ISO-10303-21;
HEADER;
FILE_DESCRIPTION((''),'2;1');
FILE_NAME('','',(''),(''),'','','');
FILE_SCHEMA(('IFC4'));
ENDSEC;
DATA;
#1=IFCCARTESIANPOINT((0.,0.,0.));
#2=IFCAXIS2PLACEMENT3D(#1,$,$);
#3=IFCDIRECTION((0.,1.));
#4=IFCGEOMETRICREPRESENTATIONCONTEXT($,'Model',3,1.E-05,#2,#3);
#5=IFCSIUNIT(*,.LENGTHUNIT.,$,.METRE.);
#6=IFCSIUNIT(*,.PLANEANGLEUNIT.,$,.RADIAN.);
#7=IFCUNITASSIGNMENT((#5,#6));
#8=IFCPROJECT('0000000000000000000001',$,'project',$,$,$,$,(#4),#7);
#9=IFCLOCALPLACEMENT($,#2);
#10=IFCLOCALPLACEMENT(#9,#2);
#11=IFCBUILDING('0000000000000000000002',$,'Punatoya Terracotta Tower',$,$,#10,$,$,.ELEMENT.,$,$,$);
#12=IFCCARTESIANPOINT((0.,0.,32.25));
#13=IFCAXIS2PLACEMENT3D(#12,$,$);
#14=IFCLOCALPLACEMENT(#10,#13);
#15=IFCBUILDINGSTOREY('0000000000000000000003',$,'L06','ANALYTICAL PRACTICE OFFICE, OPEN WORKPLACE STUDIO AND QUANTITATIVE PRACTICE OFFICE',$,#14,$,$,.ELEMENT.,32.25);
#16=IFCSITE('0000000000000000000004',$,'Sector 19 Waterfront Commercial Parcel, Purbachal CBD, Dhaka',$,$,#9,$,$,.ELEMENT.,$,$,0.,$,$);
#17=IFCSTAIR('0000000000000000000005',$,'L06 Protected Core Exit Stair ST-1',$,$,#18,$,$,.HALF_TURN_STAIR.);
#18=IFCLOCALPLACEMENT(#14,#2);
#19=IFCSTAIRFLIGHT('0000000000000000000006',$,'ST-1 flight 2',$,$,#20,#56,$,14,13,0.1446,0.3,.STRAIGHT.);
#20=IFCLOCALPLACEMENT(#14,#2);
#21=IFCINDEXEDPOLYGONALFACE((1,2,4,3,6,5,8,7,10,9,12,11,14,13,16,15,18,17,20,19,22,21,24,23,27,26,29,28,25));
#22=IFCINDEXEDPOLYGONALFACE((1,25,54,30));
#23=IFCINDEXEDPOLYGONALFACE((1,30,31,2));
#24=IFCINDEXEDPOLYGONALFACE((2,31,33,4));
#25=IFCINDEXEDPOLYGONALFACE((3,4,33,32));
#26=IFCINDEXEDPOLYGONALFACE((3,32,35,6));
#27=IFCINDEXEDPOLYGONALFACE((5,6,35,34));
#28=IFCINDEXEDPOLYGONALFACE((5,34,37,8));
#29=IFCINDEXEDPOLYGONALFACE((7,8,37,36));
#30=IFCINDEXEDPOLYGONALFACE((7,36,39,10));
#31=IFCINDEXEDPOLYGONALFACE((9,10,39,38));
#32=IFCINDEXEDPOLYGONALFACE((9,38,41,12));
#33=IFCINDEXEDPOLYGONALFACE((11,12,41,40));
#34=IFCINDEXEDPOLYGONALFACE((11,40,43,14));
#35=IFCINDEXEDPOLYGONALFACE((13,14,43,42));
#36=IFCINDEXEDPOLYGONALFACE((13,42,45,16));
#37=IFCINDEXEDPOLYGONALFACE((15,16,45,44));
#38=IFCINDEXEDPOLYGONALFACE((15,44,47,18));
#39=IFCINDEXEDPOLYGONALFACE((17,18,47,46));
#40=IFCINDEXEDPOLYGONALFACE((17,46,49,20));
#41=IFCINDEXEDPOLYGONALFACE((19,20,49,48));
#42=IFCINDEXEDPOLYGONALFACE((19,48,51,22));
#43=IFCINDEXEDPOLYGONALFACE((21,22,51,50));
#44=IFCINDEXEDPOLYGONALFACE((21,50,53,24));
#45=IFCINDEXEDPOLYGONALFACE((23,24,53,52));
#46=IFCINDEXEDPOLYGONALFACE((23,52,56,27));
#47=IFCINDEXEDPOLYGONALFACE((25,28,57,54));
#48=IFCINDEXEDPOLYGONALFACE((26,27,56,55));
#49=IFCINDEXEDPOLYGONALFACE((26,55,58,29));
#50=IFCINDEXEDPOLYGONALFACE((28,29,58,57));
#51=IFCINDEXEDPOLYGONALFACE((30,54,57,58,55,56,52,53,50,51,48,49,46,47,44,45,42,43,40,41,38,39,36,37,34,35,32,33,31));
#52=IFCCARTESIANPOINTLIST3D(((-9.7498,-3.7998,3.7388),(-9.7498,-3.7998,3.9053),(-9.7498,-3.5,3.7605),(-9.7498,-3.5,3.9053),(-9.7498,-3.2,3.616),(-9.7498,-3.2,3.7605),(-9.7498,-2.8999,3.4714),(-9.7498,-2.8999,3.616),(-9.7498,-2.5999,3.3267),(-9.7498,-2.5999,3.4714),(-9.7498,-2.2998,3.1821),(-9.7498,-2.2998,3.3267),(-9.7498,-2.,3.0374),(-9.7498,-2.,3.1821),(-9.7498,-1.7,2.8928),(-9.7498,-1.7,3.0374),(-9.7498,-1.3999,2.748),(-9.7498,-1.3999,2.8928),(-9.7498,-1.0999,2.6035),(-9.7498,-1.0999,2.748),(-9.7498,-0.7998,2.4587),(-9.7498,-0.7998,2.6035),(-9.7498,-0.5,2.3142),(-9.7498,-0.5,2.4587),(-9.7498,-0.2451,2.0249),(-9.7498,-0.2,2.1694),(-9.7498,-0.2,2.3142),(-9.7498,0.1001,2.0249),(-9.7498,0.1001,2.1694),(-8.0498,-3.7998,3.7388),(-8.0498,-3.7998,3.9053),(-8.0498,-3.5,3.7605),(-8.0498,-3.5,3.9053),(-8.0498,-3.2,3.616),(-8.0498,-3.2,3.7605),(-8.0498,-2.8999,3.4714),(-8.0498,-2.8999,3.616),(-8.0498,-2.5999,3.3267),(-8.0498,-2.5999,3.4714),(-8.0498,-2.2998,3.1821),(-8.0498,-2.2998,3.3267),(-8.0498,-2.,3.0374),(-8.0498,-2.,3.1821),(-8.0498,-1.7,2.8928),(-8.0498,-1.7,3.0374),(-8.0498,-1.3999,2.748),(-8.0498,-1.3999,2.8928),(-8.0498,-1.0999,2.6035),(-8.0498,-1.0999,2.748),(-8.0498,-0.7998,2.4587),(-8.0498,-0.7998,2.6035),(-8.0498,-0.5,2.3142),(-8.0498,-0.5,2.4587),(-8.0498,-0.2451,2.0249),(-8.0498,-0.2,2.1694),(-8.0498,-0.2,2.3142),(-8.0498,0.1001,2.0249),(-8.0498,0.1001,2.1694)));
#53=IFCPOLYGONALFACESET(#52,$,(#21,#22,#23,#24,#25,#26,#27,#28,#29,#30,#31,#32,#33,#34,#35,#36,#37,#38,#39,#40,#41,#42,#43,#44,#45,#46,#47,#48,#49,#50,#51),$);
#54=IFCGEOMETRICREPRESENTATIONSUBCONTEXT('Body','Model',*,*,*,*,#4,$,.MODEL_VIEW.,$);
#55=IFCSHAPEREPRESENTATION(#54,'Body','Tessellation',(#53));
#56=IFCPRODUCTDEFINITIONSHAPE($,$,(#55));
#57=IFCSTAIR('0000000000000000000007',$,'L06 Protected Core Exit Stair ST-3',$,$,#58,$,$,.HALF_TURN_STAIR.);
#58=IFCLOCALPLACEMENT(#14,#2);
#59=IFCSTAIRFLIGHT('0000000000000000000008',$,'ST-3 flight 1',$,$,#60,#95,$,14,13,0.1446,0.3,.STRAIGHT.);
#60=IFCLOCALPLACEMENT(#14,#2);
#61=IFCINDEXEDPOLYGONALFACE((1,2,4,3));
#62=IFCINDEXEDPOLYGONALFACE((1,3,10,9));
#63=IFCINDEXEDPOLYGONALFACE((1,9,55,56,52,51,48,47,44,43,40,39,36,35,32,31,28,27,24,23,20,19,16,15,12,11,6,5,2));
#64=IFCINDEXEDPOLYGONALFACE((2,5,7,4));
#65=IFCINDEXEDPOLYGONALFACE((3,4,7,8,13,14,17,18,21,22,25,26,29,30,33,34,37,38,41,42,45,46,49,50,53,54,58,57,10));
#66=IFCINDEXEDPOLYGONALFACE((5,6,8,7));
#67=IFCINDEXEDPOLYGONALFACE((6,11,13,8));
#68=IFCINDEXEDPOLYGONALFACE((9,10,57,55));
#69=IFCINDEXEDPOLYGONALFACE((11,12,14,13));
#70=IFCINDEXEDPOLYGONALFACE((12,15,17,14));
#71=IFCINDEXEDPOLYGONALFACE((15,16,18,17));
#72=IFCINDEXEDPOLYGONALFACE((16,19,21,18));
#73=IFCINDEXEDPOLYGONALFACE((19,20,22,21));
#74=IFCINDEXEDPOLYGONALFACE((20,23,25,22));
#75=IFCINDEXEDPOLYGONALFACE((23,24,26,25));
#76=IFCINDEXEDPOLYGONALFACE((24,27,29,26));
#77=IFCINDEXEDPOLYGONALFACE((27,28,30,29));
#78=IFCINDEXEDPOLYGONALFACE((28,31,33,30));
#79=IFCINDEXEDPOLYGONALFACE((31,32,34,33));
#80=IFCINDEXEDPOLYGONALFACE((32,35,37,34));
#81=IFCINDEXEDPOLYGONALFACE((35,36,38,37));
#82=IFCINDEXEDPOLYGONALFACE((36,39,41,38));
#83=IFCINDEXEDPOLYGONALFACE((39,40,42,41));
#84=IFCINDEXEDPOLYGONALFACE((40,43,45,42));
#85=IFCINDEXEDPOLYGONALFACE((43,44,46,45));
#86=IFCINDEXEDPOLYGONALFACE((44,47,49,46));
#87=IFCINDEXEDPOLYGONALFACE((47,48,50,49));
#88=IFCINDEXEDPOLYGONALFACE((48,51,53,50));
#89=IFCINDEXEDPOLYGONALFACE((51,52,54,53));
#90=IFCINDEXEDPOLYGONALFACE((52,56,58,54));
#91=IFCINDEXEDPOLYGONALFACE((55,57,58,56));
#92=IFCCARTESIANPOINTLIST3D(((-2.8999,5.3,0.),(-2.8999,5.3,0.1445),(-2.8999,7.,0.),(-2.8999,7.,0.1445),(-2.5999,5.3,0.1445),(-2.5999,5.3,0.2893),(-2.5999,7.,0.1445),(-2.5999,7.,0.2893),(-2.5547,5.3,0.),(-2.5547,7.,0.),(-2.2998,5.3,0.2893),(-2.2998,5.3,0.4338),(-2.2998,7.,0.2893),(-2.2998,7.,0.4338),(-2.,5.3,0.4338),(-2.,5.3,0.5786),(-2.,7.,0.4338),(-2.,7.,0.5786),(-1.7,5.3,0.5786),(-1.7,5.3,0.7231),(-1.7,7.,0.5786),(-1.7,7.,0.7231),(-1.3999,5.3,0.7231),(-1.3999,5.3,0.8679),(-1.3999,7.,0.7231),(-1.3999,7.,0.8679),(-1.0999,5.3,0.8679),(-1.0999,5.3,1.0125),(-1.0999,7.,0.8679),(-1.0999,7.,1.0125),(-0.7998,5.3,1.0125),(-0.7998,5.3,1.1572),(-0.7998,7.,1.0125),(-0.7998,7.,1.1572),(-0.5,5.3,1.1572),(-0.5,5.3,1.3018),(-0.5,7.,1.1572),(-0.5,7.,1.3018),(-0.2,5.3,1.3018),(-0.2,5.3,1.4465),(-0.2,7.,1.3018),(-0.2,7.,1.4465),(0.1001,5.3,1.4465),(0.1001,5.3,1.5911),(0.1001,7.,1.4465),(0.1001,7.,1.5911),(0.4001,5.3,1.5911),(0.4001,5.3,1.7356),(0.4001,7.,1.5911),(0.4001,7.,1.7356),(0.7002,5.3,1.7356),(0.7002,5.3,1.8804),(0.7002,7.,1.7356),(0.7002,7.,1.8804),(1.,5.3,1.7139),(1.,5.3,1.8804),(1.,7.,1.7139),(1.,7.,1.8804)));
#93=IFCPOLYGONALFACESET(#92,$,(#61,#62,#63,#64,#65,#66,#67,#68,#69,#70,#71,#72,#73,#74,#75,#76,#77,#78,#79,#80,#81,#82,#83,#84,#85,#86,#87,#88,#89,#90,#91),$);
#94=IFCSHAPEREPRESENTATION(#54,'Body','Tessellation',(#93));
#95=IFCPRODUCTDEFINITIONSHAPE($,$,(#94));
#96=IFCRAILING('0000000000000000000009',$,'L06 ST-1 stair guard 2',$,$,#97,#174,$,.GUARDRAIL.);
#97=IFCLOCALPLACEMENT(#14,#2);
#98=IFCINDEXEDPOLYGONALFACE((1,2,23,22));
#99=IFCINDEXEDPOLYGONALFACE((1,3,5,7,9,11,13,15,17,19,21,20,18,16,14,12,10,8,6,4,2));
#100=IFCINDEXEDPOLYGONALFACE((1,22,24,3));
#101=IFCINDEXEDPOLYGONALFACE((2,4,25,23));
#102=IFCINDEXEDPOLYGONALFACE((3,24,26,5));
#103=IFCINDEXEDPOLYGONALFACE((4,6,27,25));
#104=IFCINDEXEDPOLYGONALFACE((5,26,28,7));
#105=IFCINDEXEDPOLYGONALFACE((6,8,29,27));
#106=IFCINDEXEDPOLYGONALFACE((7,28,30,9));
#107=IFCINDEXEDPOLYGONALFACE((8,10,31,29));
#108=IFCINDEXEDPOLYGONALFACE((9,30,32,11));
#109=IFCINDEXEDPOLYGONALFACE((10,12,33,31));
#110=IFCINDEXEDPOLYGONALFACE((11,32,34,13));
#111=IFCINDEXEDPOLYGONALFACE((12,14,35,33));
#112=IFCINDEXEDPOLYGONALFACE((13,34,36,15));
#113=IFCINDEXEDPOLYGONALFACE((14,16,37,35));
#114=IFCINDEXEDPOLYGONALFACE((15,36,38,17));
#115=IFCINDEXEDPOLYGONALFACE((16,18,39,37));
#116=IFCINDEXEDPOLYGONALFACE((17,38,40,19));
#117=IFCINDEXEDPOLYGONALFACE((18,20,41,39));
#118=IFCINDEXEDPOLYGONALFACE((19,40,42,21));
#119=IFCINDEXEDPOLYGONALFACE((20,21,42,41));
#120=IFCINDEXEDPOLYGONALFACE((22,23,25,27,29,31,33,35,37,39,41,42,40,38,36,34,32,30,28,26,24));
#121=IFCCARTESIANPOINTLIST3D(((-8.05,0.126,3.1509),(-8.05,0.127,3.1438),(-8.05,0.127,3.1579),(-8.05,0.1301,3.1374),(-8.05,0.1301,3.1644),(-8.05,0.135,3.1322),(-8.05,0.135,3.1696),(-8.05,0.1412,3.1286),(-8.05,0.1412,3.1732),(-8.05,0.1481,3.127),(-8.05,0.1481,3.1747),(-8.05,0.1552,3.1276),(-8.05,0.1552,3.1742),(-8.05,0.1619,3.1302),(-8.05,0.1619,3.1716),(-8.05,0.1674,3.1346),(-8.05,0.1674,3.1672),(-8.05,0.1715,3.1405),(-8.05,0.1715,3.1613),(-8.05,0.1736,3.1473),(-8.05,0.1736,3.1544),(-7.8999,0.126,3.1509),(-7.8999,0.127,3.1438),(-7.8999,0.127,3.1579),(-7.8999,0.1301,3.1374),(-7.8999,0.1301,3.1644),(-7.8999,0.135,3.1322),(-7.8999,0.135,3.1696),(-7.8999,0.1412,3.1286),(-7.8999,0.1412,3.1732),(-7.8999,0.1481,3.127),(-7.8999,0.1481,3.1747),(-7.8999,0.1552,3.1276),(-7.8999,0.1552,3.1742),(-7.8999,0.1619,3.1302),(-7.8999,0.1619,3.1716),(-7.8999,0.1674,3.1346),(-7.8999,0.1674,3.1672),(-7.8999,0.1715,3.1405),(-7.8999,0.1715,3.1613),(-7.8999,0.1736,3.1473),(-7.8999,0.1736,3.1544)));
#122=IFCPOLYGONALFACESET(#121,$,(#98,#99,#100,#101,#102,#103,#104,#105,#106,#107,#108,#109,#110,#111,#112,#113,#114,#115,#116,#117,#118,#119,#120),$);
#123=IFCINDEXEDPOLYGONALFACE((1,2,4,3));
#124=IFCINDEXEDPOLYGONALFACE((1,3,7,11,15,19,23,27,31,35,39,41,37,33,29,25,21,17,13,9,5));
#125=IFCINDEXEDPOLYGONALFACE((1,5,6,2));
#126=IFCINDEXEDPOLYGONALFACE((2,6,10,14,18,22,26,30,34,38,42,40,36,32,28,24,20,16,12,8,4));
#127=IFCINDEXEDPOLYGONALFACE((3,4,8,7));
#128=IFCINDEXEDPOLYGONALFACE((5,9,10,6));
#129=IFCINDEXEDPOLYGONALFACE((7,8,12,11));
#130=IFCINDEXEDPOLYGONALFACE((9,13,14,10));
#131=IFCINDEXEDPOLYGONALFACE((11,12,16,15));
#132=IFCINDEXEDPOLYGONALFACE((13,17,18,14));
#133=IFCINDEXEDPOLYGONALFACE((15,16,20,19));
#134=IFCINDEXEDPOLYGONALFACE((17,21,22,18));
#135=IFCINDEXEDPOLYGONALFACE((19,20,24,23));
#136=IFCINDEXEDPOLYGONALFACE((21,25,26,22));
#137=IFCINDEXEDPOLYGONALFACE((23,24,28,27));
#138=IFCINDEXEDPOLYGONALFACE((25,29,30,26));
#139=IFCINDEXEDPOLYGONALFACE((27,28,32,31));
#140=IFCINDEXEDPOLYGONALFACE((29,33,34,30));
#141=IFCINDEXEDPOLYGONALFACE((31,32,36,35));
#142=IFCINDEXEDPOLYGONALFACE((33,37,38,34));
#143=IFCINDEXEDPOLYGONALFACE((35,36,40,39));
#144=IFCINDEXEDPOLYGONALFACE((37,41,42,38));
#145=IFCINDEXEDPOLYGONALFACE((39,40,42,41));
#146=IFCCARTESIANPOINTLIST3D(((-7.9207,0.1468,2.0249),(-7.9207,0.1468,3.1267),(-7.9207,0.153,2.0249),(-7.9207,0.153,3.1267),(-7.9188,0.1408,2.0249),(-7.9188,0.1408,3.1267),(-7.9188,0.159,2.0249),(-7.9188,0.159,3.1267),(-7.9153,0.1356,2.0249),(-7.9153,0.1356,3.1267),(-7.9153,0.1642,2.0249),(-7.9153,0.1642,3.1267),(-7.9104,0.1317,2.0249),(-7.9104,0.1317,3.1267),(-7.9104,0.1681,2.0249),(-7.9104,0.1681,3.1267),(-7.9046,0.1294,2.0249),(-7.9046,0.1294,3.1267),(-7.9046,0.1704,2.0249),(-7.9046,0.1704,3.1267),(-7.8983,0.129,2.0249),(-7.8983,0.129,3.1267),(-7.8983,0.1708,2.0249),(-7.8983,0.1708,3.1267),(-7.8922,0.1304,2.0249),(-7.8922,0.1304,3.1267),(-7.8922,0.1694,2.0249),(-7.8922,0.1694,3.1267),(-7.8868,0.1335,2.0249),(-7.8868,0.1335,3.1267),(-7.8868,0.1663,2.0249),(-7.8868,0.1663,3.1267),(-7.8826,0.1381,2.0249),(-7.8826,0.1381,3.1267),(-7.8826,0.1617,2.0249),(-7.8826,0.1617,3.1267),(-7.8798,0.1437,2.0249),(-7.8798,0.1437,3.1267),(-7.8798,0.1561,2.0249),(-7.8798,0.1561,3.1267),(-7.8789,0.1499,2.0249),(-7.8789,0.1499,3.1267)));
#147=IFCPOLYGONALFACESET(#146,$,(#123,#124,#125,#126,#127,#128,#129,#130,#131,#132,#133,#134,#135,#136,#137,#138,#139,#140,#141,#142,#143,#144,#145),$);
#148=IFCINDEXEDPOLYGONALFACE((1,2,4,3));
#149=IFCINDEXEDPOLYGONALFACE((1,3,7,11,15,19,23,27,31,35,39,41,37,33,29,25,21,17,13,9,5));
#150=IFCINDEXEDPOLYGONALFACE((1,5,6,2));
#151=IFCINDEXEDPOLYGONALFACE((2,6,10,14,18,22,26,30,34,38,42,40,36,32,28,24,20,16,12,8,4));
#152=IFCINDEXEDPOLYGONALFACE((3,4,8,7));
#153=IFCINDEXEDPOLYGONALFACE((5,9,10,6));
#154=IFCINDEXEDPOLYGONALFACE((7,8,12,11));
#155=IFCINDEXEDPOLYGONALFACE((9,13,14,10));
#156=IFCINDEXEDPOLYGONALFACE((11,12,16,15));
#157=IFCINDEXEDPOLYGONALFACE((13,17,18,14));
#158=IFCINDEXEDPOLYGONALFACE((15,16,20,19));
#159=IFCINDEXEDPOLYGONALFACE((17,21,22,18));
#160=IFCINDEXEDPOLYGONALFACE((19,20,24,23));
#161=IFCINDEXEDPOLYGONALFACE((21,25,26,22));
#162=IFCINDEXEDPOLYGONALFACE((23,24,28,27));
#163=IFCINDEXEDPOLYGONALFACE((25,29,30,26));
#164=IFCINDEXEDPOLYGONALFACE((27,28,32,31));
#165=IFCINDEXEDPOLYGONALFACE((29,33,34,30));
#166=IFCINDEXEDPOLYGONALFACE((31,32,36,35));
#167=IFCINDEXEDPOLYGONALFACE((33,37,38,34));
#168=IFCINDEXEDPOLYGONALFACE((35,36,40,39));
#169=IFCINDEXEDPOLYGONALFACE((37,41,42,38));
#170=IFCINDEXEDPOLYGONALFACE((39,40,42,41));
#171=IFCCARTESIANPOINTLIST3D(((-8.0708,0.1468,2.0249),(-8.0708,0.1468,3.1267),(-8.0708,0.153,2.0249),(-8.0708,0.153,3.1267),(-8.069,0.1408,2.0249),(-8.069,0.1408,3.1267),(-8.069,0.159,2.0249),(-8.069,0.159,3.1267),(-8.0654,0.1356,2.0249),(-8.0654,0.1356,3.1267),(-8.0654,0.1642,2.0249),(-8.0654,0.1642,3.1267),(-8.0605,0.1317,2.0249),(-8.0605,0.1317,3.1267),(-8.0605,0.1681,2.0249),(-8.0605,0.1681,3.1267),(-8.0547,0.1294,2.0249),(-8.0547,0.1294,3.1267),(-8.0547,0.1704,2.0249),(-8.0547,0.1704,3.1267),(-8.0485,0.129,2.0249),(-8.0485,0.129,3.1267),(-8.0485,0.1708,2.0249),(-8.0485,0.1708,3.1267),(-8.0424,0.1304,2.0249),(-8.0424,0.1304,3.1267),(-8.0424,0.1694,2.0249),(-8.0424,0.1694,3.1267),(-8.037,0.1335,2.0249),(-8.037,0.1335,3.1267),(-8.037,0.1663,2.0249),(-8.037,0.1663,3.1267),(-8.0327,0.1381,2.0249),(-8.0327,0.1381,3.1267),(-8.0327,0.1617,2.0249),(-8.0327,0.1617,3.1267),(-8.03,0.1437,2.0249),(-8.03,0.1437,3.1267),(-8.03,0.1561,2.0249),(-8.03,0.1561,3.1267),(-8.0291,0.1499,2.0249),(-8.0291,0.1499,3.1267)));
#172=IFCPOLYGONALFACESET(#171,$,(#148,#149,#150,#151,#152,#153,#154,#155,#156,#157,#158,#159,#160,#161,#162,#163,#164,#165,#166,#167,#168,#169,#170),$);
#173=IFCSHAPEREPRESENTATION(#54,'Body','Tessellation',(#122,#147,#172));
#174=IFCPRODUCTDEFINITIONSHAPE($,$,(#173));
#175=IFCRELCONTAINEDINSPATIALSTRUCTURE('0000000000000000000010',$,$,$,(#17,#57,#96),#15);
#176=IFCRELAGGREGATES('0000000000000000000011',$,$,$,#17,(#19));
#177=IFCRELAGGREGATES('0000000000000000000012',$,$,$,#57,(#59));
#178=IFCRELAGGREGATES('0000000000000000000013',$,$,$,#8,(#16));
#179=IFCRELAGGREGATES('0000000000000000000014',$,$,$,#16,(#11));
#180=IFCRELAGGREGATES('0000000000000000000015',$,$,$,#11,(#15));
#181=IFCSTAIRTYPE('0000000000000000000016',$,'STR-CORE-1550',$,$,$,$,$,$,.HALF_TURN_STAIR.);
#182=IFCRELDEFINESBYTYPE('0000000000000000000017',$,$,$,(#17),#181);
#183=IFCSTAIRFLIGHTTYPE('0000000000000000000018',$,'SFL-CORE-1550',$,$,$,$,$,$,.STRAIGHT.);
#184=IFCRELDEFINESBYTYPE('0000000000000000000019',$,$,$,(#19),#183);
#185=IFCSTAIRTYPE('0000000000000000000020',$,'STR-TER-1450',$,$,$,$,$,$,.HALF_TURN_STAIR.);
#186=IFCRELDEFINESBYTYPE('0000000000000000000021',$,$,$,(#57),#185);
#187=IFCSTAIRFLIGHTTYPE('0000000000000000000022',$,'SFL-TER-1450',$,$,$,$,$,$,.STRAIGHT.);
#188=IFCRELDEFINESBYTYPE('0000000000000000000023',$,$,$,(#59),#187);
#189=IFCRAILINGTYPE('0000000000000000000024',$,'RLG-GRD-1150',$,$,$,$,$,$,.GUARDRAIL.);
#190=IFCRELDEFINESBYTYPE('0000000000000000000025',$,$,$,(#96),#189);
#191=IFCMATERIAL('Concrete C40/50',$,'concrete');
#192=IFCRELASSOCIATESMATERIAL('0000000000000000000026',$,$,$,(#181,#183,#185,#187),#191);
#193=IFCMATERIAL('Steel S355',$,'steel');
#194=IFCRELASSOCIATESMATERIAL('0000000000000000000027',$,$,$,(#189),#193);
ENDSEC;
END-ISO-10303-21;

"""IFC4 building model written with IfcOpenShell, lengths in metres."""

from ifc_helpers import new_model, si_unit, direction, frame, origin, origin_2d, place, context, subcontext, project, spatial, polyline, circle, outline, extrude, material, type_object, element, aggregate, save


model = new_model("IFC4")

# Units and contexts
model_context = context("Model", 3, precision=1e-05, world=origin(), true_north=direction((0.0, 1.0)))
body_context = subcontext(model_context, "Body", "Model", "MODEL_VIEW")
ifc_project = project(units=[si_unit("LENGTHUNIT", "METRE"), si_unit("PLANEANGLEUNIT", "RADIAN")], contexts=[model_context])

# Site, building, storey
site_placement = place(None, origin())
site = spatial("IfcSite", under=ifc_project, at=site_placement, Name="Sector 19 Waterfront Commercial Parcel, Purbachal CBD, Dhaka", CompositionType="ELEMENT", RefElevation=0.0)
building_placement = place(site_placement, origin())
building = spatial("IfcBuilding", under=site, at=building_placement, Name="Punatoya Terracotta Tower", CompositionType="ELEMENT")
storey_placement = place(building_placement, frame((0.0, 0.0, 32.25)))
storey = spatial("IfcBuildingStorey", under=building, at=storey_placement, Name="L06", Description="ANALYTICAL PRACTICE OFFICE, OPEN WORKPLACE STUDIO AND QUANTITATIVE PRACTICE OFFICE", CompositionType="ELEMENT", Elevation=32.25)

# Shared definitions
ifc_material_1 = material(Name="Steel S355", Category="steel")

# Shared definitions
ifc_material_2 = material(Name="Concrete C40/50", Category="concrete")

# Stairs, stair flights
stair_type_1 = type_object("IfcStairType", Name="STR-CORE-1550", PredefinedType="HALF_TURN_STAIR", material=ifc_material_2)
stair_1_placement = place(storey_placement, origin())
stair_1 = element("IfcStair", 1, at=stair_1_placement, inside=storey, type_object=stair_type_1, Name="L06 Protected Core Exit Stair ST-1", PredefinedType="HALF_TURN_STAIR")
stair_flight_type_1 = type_object("IfcStairFlightType", Name="SFL-CORE-1550", PredefinedType="STRAIGHT", material=ifc_material_2)
stair_flight_1_placement = place(storey_placement, frame((-8.8999, 0.1001, 2.0249), z_axis=(0.0, 0.0, 1.0), x_axis=(0.0, -1.0, 0.0)))
stair_flight_1 = element("IfcStairFlight", 2, at=stair_flight_1_placement, type_object=stair_flight_type_1, Name="ST-1 flight 2", NumberOfRisers=14, NumberOfTreads=13, PredefinedType="STRAIGHT", RiserHeight=0.1446, TreadLength=0.3, context=body_context, shape_type="SweptSolid", body=[
    extrude(outline(polyline([(0.0, 0.0), (0.0, 0.1445), (0.3, 0.1445), (0.3, 0.2893), (0.6001, 0.2893), (0.6001, 0.4338), (0.8999, 0.4338), (0.8999, 0.5786), (1.2, 0.5786), (1.2, 0.7231), (1.5, 0.7231), (1.5, 0.8679), (1.8, 0.8679), (1.8, 1.0125), (2.1001, 1.0125), (2.1001, 1.1572), (2.3999, 1.1572), (2.3999, 1.3018), (2.7, 1.3018), (2.7, 1.4465), (3.0, 1.4465), (3.0, 1.5911), (3.3, 1.5911), (3.3, 1.7356), (3.6001, 1.7356), (3.6001, 1.8804), (3.8999, 1.8804), (3.8999, 2.0249), (3.8999, 1.7139), (0.3452, 0.0), (0.0, 0.0)])), frame((0.0, 0.8501, 0.0), z_axis=(0.0, -1.0, 0.0), x_axis=(1.0, 0.0, 0.0)), (0.0, 0.0, 1.0), 1.7),
])
aggregate(stair_1, [stair_flight_1])
stair_type_2 = type_object("IfcStairType", Name="STR-TER-1450", PredefinedType="HALF_TURN_STAIR", material=ifc_material_2)
stair_2_placement = place(storey_placement, origin())
stair_2 = element("IfcStair", 3, at=stair_2_placement, inside=storey, type_object=stair_type_2, Name="L06 Protected Core Exit Stair ST-3", PredefinedType="HALF_TURN_STAIR")
stair_flight_type_2 = type_object("IfcStairFlightType", Name="SFL-TER-1450", PredefinedType="STRAIGHT", material=ifc_material_2)
stair_flight_2_placement = place(storey_placement, frame((-2.8999, 6.1499, 0.0), z_axis=(0.0, 0.0, 1.0), x_axis=(1.0, 0.0, 0.0)))
stair_flight_2 = element("IfcStairFlight", 4, at=stair_flight_2_placement, type_object=stair_flight_type_2, Name="ST-3 flight 1", NumberOfRisers=14, NumberOfTreads=13, PredefinedType="STRAIGHT", RiserHeight=0.1446, TreadLength=0.3, context=body_context, shape_type="SweptSolid", body=[
    extrude(outline(polyline([(0.0, 0.0), (0.0, 0.1445), (0.3, 0.1445), (0.3, 0.2893), (0.6001, 0.2893), (0.6001, 0.4338), (0.8999, 0.4338), (0.8999, 0.5786), (1.2, 0.5786), (1.2, 0.7231), (1.5, 0.7231), (1.5, 0.8679), (1.8, 0.8679), (1.8, 1.0125), (2.1001, 1.0125), (2.1001, 1.1572), (2.3999, 1.1572), (2.3999, 1.3018), (2.7, 1.3018), (2.7, 1.4465), (3.0, 1.4465), (3.0, 1.5911), (3.3, 1.5911), (3.3, 1.7356), (3.6001, 1.7356), (3.6001, 1.8804), (3.8999, 1.8804), (3.8999, 2.0249), (3.8999, 1.7139), (0.3452, 0.0), (0.0, 0.0)])), frame((0.0, 0.8501, 0.0), z_axis=(0.0, -1.0, 0.0), x_axis=(1.0, 0.0, 0.0)), (0.0, 0.0, 1.0), 1.7),
])
aggregate(stair_2, [stair_flight_2])

# Railing
railing_type_1 = type_object("IfcRailingType", Name="RLG-GRD-1150", PredefinedType="GUARDRAIL", material=ifc_material_1)
railing_1_placement = place(storey_placement, frame((-7.8999, 0.1499, 2.0249)))
element("IfcRailing", 5, at=railing_1_placement, inside=storey, type_object=railing_type_1, Name="L06 ST-1 stair guard 2", PredefinedType="GUARDRAIL", context=body_context, shape_type="SweptSolid", body=[
    extrude(circle(Radius=0.0239, at=origin_2d()), frame((0.0, 0.0, 1.126), z_axis=(-1.0, 0.0, 0.0), x_axis=(0.0, -1.0, 0.0)), (0.0, 0.0, 1.0), 0.1501),
    extrude(circle(Radius=0.021, at=origin_2d()), origin(), (0.0, 0.0, 1.0), 1.1018),
    extrude(circle(Radius=0.021, at=origin_2d()), frame((-0.1501, 0.0, 0.0)), (0.0, 0.0, 1.0), 1.1018),
])

save(model, "model.ifc")
